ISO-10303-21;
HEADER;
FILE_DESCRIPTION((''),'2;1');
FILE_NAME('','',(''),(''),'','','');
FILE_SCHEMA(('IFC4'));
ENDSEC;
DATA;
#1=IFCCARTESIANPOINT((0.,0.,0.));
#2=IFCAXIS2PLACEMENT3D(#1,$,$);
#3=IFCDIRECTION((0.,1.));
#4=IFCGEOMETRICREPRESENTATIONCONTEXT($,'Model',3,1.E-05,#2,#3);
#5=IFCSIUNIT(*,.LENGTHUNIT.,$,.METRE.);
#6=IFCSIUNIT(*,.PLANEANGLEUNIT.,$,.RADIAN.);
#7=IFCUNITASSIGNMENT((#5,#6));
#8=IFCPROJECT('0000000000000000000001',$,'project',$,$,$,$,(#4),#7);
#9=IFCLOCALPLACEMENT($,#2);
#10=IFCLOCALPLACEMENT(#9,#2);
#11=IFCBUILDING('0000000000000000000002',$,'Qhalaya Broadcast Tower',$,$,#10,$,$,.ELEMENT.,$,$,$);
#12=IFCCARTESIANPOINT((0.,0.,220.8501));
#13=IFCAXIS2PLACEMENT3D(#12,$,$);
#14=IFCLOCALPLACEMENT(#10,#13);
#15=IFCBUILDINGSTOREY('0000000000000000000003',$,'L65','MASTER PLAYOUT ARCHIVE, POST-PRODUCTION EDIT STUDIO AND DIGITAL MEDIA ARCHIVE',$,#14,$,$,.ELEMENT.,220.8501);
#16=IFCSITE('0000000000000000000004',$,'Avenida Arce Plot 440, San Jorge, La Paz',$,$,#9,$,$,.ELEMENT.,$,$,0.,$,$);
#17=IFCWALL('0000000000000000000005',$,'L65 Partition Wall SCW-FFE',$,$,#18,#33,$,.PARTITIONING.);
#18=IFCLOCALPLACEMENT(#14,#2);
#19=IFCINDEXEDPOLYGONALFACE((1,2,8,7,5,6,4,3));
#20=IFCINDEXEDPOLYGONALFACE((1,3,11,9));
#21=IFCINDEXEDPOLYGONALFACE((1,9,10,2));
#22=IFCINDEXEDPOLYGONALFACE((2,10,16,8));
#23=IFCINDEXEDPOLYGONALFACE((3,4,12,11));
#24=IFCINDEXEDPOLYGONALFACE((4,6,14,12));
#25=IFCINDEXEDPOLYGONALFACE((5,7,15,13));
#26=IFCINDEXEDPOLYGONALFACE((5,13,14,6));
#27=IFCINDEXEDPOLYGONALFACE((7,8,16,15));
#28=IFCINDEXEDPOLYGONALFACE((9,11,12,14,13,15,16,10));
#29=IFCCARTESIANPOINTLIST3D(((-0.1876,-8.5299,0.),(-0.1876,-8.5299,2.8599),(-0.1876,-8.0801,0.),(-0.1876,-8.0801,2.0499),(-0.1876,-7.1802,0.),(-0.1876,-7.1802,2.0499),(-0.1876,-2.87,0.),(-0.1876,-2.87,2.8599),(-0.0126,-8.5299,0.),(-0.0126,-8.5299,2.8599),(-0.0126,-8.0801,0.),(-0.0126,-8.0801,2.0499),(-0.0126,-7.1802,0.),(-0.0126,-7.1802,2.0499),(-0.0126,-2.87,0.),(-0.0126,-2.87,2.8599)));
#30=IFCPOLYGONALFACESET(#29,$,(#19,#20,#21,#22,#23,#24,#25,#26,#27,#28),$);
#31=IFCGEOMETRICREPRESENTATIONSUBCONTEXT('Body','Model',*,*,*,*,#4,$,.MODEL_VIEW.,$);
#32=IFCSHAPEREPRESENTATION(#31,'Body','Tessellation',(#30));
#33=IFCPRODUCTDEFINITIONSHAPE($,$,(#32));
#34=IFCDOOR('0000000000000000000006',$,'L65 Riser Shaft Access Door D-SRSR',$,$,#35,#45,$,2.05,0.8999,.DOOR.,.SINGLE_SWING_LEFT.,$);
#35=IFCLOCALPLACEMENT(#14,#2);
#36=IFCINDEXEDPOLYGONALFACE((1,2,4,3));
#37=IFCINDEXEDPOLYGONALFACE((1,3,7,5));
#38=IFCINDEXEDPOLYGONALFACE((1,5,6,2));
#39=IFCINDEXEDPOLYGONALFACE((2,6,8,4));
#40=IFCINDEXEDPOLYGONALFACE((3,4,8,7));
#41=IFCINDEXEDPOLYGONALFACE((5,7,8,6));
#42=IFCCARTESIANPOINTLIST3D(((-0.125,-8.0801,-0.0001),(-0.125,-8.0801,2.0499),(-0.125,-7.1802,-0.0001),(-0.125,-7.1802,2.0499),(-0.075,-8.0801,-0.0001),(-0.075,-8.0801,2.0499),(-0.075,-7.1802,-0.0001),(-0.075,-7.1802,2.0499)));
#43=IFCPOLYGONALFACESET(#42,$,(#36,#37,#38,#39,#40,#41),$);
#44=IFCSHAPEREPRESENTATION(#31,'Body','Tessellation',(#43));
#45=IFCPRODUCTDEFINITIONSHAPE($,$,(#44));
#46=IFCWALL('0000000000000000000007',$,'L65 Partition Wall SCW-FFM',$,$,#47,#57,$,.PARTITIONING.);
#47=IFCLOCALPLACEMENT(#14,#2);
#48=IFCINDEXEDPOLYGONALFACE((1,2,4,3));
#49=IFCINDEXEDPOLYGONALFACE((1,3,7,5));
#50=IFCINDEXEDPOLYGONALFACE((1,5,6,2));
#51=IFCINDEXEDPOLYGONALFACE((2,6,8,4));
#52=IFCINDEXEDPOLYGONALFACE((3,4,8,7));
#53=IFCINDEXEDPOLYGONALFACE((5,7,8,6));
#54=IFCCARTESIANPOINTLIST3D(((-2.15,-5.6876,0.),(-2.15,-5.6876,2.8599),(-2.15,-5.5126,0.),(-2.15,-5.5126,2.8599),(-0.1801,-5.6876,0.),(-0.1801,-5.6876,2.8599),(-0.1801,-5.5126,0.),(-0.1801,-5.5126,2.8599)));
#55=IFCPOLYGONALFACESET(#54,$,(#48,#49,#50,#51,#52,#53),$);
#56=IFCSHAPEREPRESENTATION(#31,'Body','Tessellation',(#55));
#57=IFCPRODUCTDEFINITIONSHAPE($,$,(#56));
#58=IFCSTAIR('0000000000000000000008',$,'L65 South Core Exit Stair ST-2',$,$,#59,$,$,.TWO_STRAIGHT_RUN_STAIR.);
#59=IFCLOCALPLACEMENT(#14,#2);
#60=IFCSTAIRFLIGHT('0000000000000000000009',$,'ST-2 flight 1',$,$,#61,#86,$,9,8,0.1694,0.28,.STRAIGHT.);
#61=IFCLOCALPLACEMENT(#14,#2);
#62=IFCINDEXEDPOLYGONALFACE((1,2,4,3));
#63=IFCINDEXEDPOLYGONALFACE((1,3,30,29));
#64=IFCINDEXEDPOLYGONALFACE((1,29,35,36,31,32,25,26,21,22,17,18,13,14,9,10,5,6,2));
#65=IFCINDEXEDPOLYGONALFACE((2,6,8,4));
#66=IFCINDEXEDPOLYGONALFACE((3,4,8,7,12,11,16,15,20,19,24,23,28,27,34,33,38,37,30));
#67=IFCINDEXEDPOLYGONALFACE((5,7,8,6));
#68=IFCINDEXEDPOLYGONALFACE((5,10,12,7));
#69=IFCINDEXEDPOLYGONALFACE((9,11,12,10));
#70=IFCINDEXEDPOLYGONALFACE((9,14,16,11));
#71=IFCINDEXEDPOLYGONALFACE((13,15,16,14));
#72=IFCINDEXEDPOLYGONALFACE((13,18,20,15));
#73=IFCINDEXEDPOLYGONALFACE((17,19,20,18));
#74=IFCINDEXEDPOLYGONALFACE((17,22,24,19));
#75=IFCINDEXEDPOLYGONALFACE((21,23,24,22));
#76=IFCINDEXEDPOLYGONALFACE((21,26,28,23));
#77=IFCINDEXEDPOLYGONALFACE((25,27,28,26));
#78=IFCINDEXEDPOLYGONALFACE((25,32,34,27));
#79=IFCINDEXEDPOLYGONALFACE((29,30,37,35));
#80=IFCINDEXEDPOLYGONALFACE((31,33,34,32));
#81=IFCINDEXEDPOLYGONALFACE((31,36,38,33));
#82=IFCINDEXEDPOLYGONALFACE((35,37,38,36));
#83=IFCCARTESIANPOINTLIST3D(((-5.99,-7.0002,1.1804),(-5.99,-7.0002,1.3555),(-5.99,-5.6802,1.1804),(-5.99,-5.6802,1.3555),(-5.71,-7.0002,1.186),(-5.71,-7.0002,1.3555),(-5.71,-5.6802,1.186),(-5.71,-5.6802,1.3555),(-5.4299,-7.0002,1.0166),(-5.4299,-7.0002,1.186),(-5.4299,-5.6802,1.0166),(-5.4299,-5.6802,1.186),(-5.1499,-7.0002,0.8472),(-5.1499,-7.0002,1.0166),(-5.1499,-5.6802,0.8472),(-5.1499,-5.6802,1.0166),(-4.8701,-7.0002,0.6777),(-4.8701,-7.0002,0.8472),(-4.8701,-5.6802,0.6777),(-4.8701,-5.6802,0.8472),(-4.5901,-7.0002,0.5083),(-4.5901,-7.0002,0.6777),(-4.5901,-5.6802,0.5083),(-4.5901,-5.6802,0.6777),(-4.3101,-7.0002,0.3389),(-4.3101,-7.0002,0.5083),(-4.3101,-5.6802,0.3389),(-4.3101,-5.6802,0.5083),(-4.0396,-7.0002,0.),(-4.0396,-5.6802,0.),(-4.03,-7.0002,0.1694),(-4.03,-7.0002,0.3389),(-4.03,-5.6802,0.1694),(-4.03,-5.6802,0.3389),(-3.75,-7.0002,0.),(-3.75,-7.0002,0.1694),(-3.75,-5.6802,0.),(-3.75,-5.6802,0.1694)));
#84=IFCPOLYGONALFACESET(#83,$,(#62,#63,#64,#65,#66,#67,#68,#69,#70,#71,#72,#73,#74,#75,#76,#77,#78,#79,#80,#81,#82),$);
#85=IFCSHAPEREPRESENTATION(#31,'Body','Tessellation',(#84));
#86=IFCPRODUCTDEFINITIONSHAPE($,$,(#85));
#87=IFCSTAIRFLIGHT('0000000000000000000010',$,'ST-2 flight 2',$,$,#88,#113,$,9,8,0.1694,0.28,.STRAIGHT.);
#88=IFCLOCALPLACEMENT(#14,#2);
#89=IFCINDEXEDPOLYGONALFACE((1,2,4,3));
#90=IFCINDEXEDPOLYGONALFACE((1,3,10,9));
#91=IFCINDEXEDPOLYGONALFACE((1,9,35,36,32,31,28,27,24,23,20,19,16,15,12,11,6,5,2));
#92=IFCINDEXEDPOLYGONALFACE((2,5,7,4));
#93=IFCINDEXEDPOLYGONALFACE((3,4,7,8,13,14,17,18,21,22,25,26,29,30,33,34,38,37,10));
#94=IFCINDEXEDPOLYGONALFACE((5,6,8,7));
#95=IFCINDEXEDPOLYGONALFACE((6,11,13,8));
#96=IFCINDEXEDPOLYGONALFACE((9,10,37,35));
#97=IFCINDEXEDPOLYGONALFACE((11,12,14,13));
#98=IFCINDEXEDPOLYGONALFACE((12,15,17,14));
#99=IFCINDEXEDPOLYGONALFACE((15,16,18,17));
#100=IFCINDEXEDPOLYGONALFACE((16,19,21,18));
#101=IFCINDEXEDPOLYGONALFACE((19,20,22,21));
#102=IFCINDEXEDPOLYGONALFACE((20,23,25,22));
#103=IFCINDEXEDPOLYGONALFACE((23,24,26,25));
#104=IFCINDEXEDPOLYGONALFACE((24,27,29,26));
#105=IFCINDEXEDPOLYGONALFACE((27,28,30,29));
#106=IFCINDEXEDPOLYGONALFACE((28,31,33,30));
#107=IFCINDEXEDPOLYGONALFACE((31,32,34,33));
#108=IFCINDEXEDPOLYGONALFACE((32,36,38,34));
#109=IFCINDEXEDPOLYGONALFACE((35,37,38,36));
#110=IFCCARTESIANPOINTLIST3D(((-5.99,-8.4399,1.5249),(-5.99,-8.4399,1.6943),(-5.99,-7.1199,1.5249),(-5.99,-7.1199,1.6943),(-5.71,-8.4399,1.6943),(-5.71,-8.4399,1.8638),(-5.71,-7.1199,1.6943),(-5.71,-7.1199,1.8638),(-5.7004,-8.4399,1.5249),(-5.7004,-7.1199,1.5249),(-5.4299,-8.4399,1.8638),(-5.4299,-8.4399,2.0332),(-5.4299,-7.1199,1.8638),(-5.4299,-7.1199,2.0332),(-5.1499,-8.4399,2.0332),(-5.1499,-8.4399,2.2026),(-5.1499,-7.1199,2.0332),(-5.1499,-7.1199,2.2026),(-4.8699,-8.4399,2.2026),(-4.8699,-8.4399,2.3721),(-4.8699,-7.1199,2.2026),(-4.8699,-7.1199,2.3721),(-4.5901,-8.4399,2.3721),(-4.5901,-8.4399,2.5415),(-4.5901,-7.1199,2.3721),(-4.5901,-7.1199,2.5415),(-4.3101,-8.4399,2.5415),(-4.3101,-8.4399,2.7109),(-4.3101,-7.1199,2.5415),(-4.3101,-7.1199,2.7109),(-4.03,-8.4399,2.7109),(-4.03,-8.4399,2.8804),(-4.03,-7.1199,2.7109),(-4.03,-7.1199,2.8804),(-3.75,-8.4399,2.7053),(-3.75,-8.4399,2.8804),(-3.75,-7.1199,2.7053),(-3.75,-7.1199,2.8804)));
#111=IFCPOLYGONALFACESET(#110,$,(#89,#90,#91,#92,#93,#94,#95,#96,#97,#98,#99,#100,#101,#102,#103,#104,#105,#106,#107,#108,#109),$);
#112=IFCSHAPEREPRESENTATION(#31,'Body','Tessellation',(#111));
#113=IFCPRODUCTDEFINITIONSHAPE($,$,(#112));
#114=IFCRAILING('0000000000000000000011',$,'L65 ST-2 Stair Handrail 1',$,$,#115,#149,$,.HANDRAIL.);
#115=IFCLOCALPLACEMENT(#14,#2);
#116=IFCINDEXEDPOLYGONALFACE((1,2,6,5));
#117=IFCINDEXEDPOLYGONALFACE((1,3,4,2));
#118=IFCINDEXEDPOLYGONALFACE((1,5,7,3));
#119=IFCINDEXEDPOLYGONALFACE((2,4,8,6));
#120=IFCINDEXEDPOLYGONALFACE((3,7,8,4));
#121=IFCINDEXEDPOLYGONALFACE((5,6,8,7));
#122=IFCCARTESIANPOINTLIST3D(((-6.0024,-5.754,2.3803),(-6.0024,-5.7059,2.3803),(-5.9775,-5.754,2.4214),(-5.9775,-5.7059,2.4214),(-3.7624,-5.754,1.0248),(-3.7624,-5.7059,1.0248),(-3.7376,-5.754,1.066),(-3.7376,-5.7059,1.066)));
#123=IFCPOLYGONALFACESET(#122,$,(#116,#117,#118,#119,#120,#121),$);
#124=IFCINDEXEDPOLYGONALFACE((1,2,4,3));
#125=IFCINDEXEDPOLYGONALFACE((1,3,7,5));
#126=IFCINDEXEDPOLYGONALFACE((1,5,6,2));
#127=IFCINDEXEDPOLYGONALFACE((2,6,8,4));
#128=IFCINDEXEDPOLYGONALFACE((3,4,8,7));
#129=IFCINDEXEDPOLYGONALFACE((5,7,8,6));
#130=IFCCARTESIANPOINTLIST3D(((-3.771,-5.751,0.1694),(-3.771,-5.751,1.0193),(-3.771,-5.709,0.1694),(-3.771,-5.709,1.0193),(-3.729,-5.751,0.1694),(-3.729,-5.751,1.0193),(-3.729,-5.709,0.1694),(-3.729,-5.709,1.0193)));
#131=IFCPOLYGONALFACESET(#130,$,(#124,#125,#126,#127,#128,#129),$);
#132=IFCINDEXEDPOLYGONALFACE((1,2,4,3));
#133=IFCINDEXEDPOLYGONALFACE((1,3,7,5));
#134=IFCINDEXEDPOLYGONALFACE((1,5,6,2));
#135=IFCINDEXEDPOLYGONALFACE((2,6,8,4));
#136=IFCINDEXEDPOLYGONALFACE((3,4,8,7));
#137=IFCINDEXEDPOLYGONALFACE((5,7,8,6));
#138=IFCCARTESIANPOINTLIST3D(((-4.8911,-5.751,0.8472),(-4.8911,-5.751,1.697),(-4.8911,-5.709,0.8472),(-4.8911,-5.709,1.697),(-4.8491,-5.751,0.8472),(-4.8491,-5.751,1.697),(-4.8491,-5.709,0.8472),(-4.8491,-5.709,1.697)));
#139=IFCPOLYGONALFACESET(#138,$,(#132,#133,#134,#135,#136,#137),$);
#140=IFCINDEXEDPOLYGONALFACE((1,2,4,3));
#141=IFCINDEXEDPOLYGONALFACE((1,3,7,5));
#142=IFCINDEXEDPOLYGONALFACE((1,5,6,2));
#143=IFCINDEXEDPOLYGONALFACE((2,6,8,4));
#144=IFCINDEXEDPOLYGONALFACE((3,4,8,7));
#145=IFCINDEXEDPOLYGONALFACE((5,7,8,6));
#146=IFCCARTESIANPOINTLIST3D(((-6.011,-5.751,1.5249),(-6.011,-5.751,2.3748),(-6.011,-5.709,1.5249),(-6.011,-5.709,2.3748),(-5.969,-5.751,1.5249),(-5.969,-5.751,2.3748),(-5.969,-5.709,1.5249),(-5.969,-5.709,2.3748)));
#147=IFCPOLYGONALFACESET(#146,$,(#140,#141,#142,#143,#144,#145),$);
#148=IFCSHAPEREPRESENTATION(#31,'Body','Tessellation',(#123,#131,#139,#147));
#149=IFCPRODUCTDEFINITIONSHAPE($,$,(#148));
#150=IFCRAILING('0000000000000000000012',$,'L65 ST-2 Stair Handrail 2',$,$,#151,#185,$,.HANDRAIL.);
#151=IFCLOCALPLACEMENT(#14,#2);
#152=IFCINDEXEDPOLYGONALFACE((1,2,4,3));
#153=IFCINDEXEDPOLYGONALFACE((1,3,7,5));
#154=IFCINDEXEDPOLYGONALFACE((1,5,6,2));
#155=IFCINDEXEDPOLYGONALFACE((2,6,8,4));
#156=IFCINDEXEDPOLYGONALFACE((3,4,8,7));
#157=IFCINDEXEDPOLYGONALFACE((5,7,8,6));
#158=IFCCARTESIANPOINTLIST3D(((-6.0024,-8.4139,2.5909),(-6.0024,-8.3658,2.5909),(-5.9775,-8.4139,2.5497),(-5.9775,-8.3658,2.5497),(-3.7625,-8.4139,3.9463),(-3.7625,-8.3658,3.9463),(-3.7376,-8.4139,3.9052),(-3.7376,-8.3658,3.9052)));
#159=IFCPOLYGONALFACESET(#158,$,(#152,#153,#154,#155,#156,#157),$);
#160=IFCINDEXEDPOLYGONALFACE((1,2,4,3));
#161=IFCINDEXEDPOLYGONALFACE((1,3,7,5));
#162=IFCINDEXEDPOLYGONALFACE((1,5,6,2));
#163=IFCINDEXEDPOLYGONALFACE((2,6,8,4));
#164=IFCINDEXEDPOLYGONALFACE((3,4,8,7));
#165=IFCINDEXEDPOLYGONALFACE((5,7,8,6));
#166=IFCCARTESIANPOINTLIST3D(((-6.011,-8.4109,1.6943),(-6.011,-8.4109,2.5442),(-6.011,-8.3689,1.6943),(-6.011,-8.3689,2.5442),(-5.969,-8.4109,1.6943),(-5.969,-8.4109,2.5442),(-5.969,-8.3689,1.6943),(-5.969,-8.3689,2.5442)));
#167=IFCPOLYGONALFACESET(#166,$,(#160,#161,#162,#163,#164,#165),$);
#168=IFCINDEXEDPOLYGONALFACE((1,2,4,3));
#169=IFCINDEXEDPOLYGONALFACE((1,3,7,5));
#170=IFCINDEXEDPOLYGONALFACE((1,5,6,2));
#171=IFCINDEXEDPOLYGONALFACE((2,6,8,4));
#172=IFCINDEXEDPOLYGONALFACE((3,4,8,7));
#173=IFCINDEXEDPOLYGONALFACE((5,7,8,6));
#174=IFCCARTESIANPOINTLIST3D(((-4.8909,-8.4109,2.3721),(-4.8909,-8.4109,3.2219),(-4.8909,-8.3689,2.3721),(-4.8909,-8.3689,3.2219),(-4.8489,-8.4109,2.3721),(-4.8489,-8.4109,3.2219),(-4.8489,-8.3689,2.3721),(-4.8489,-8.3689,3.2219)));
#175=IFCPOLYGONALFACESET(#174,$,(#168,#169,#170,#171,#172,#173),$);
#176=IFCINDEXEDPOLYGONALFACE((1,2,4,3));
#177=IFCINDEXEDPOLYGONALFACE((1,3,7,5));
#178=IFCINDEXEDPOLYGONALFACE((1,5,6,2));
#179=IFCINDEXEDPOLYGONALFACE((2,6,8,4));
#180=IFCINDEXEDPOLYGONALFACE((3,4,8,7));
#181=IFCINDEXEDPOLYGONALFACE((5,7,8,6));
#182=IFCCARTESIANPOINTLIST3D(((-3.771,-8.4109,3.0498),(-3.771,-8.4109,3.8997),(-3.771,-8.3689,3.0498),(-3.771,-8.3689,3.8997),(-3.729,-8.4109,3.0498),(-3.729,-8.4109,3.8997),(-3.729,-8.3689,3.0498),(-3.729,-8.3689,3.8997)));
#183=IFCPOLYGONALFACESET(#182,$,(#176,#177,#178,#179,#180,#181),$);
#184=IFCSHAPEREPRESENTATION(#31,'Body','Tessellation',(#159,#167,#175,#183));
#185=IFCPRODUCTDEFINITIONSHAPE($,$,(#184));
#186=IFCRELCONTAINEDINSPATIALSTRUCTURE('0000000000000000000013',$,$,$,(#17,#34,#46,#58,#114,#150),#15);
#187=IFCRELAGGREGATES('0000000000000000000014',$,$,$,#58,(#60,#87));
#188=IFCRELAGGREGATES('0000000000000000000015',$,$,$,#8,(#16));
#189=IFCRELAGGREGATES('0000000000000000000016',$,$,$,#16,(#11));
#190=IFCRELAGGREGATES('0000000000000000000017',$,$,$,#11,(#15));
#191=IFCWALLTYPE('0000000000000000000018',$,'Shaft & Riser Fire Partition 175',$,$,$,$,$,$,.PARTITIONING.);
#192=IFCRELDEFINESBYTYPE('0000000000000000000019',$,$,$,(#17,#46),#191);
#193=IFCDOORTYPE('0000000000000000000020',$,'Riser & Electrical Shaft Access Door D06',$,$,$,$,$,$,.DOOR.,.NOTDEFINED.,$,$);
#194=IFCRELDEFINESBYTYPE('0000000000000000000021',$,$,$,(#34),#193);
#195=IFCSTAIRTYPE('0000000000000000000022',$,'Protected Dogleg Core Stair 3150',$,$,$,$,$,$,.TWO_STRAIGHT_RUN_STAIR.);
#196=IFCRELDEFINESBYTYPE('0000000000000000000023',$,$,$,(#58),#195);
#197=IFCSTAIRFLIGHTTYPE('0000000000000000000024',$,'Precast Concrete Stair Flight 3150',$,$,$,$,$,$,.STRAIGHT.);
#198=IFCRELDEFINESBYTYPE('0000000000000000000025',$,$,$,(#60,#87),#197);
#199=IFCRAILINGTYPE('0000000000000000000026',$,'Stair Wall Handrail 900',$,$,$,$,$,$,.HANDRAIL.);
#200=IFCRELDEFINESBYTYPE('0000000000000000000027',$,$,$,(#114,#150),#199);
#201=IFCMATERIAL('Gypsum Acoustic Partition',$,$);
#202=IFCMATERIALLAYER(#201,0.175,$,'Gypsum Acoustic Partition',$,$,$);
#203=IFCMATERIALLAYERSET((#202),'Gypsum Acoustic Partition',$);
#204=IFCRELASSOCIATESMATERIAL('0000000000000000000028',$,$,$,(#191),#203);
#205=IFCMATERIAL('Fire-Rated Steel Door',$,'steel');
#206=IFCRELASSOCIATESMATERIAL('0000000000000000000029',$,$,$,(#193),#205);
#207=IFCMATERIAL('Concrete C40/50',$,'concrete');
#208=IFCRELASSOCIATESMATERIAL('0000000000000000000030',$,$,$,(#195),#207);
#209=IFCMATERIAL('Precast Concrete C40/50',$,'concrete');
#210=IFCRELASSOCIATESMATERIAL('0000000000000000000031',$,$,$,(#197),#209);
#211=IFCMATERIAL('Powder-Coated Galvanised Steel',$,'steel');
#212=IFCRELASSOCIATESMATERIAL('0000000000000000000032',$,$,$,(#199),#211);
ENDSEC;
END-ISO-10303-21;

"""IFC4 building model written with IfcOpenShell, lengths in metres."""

from ifc_helpers import new_model, si_unit, direction, frame, frame_2d, origin, origin_2d, place, context, subcontext, project, spatial, polyline, rectangle, outline, extrude, material, layer, layer_set, type_object, element, fill, aggregate, save


model = new_model("IFC4")

# Units and contexts
model_context = context("Model", 3, precision=1e-05, world=origin(), true_north=direction((0.0, 1.0)))
body_context = subcontext(model_context, "Body", "Model", "MODEL_VIEW")
ifc_project = project(units=[si_unit("LENGTHUNIT", "METRE"), si_unit("PLANEANGLEUNIT", "RADIAN")], contexts=[model_context])

# Site, building, storey
site_placement = place(None, origin())
site = spatial("IfcSite", under=ifc_project, at=site_placement, Name="Avenida Arce Plot 440, San Jorge, La Paz", CompositionType="ELEMENT", RefElevation=0.0)
building_placement = place(site_placement, origin())
building = spatial("IfcBuilding", under=site, at=building_placement, Name="Qhalaya Broadcast Tower", CompositionType="ELEMENT")
storey_placement = place(building_placement, frame((0.0, 0.0, 220.8501)))
storey = spatial("IfcBuildingStorey", under=building, at=storey_placement, Name="L65", Description="MASTER PLAYOUT ARCHIVE, POST-PRODUCTION EDIT STUDIO AND DIGITAL MEDIA ARCHIVE", CompositionType="ELEMENT", Elevation=220.8501)

# Shared definitions
ifc_material_1 = material(Name="Gypsum Acoustic Partition")

# Shared definitions
ifc_material_2 = material(Name="Precast Concrete C40/50", Category="concrete")

# Shared definitions
ifc_material_3 = material(Name="Fire-Rated Steel Door", Category="steel")

# Wall, opening, door
ifc_layer_1 = layer(ifc_material_1, 0.175, Name="Gypsum Acoustic Partition")
ifc_layer_set_1 = layer_set([ifc_layer_1], Name="Gypsum Acoustic Partition")
wall_type_1 = type_object("IfcWallType", Name="Shaft & Riser Fire Partition 175", PredefinedType="PARTITIONING", material=ifc_layer_set_1)
wall_1_placement = place(storey_placement, frame((-0.1001, -8.53, 0.0), z_axis=(0.0, 0.0, 1.0), x_axis=(0.0, 1.0, 0.0)))
wall_1 = element("IfcWall", 1, at=wall_1_placement, inside=storey, type_object=wall_type_1, Name="L65 Partition Wall SCW-FFE", PredefinedType="PARTITIONING", context=body_context, shape_type="SweptSolid", body=[
    extrude(rectangle(XDim=5.6599, YDim=0.175, at=frame_2d((2.8301, 0.0))), origin(), (0.0, 0.0, 1.0), 2.8599),
])
opening_1_placement = place(wall_1_placement, frame((0.45, 0.0, 0.0)))
opening_1 = element("IfcOpeningElement", 2, at=opening_1_placement, cuts=wall_1, PredefinedType="OPENING", context=body_context, shape_type="SweptSolid", body=[
    extrude(rectangle(XDim=0.8999, YDim=2.05, at=frame_2d((0.45, 1.0249))), frame((0.0, 0.0996, 0.0), z_axis=(0.0, -1.0, 0.0), x_axis=(1.0, 0.0, 0.0)), (0.0, 0.0, 1.0), 0.199),
])
door_type_1 = type_object("IfcDoorType", Name="Riser & Electrical Shaft Access Door D06", OperationType="NOTDEFINED", PredefinedType="DOOR", material=ifc_material_3)
door_1_placement = place(opening_1_placement, origin())
door_1 = element("IfcDoor", 3, at=door_1_placement, inside=storey, type_object=door_type_1, Name="L65 Riser Shaft Access Door D-SRSR", OperationType="SINGLE_SWING_LEFT", OverallHeight=2.05, OverallWidth=0.8999, PredefinedType="DOOR", context=body_context, shape_type="SweptSolid", body=[
    extrude(rectangle(XDim=0.8999, YDim=2.05, at=frame_2d((0.45, 1.0249))), frame((0.0, 0.0249, 0.0), z_axis=(0.0, -1.0, 0.0), x_axis=(1.0, 0.0, 0.0)), (0.0, 0.0, 1.0), 0.05),
])
fill(opening_1, door_1)

# Wall
wall_2_placement = place(storey_placement, frame((-2.1499, -5.6001, 0.0), z_axis=(0.0, 0.0, 1.0), x_axis=(1.0, 0.0, 0.0)))
element("IfcWall", 4, at=wall_2_placement, inside=storey, type_object=wall_type_1, Name="L65 Partition Wall SCW-FFM", PredefinedType="PARTITIONING", context=body_context, shape_type="SweptSolid", body=[
    extrude(rectangle(XDim=1.97, YDim=0.175, at=frame_2d((0.9849, 0.0))), origin(), (0.0, 0.0, 1.0), 2.8599),
])

# Stair, stair flights
ifc_material_4 = material(Name="Concrete C40/50", Category="concrete")
stair_type = type_object("IfcStairType", Name="Protected Dogleg Core Stair 3150", PredefinedType="TWO_STRAIGHT_RUN_STAIR", material=ifc_material_4)
stair_placement = place(storey_placement, origin())
stair = element("IfcStair", 5, at=stair_placement, inside=storey, type_object=stair_type, Name="L65 South Core Exit Stair ST-2", PredefinedType="TWO_STRAIGHT_RUN_STAIR")
stair_flight_type = type_object("IfcStairFlightType", Name="Precast Concrete Stair Flight 3150", PredefinedType="STRAIGHT", material=ifc_material_2)
stair_flight_1_placement = place(storey_placement, frame((-3.75, -6.3401, 0.0), z_axis=(0.0, 0.0, 1.0), x_axis=(-1.0, 0.0, 0.0)))
stair_flight_1 = element("IfcStairFlight", 6, at=stair_flight_1_placement, type_object=stair_flight_type, Name="ST-2 flight 1", NumberOfRisers=9, NumberOfTreads=8, PredefinedType="STRAIGHT", RiserHeight=0.1694, TreadLength=0.28, context=body_context, shape_type="SweptSolid", body=[
    extrude(outline(polyline([(0.0, 0.0), (0.0, 0.1694), (0.28, 0.1694), (0.28, 0.3389), (0.5601, 0.3389), (0.5601, 0.5083), (0.8401, 0.5083), (0.8401, 0.6777), (1.1201, 0.6777), (1.1201, 0.8472), (1.3999, 0.8472), (1.3999, 1.0166), (1.6799, 1.0166), (1.6799, 1.186), (1.96, 1.186), (1.96, 1.3555), (2.24, 1.3555), (2.24, 1.5249), (2.24, 1.1804), (0.2896, 0.0), (0.0, 0.0)])), frame((0.0, 0.6602, 0.0), z_axis=(0.0, -1.0, 0.0), x_axis=(1.0, 0.0, 0.0)), (0.0, 0.0, 1.0), 1.3201),
])
stair_flight_2_placement = place(storey_placement, frame((-5.99, -7.78, 1.5249), z_axis=(0.0, 0.0, 1.0), x_axis=(1.0, 0.0, 0.0)))
stair_flight_2 = element("IfcStairFlight", 7, at=stair_flight_2_placement, type_object=stair_flight_type, Name="ST-2 flight 2", NumberOfRisers=9, NumberOfTreads=8, PredefinedType="STRAIGHT", RiserHeight=0.1694, TreadLength=0.28, context=body_context, shape_type="SweptSolid", body=[
    extrude(outline(polyline([(0.0, 0.0), (0.0, 0.1694), (0.28, 0.1694), (0.28, 0.3389), (0.5601, 0.3389), (0.5601, 0.5083), (0.8401, 0.5083), (0.8401, 0.6777), (1.1201, 0.6777), (1.1201, 0.8472), (1.3999, 0.8472), (1.3999, 1.0166), (1.6799, 1.0166), (1.6799, 1.186), (1.96, 1.186), (1.96, 1.3555), (2.24, 1.3555), (2.24, 1.5249), (2.24, 1.1804), (0.2896, 0.0), (0.0, 0.0)])), frame((0.0, 0.6602, 0.0), z_axis=(0.0, -1.0, 0.0), x_axis=(1.0, 0.0, 0.0)), (0.0, 0.0, 1.0), 1.3201),
])
aggregate(stair, [stair_flight_1, stair_flight_2])

# Railings
ifc_material_5 = material(Name="Powder-Coated Galvanised Steel", Category="steel")
railing_type_1 = type_object("IfcRailingType", Name="Stair Wall Handrail 900", PredefinedType="HANDRAIL", material=ifc_material_5)
railing_1_placement = place(storey_placement, frame((-3.75, -5.73, 0.1694)))
element("IfcRailing", 8, at=railing_1_placement, inside=storey, type_object=railing_type_1, Name="L65 ST-2 Stair Handrail 1", PredefinedType="HANDRAIL", context=body_context, shape_type="SweptSolid", body=[
    extrude(rectangle(XDim=0.0481, YDim=0.0481, at=origin_2d()), frame((0.0, 0.0, 0.876), z_axis=(-0.855553, 0.0, 0.517715), x_axis=(0.0, -1.0, 0.0)), (0.0, 0.0, 1.0), 2.6182),
    extrude(rectangle(XDim=0.042, YDim=0.042, at=origin_2d()), origin(), (0.0, 0.0, 1.0), 0.8499),
    extrude(rectangle(XDim=0.042, YDim=0.042, at=origin_2d()), frame((-1.1201, 0.0, 0.6777)), (0.0, 0.0, 1.0), 0.8499),
    extrude(rectangle(XDim=0.042, YDim=0.042, at=origin_2d()), frame((-2.24, 0.0, 1.3555)), (0.0, 0.0, 1.0), 0.8499),
])
railing_2_placement = place(storey_placement, frame((-5.99, -8.3899, 1.6943)))
element("IfcRailing", 9, at=railing_2_placement, inside=storey, type_object=railing_type_1, Name="L65 ST-2 Stair Handrail 2", PredefinedType="HANDRAIL", context=body_context, shape_type="SweptSolid", body=[
    extrude(rectangle(XDim=0.0481, YDim=0.0481, at=origin_2d()), frame((0.0, 0.0, 0.876), z_axis=(0.855553, 0.0, 0.517715), x_axis=(0.0, 1.0, 0.0)), (0.0, 0.0, 1.0), 2.6182),
    extrude(rectangle(XDim=0.042, YDim=0.042, at=origin_2d()), origin(), (0.0, 0.0, 1.0), 0.8499),
    extrude(rectangle(XDim=0.042, YDim=0.042, at=origin_2d()), frame((1.1201, 0.0, 0.6777)), (0.0, 0.0, 1.0), 0.8499),
    extrude(rectangle(XDim=0.042, YDim=0.042, at=origin_2d()), frame((2.24, 0.0, 1.3555)), (0.0, 0.0, 1.0), 0.8499),
])

save(model, "model.ifc")
